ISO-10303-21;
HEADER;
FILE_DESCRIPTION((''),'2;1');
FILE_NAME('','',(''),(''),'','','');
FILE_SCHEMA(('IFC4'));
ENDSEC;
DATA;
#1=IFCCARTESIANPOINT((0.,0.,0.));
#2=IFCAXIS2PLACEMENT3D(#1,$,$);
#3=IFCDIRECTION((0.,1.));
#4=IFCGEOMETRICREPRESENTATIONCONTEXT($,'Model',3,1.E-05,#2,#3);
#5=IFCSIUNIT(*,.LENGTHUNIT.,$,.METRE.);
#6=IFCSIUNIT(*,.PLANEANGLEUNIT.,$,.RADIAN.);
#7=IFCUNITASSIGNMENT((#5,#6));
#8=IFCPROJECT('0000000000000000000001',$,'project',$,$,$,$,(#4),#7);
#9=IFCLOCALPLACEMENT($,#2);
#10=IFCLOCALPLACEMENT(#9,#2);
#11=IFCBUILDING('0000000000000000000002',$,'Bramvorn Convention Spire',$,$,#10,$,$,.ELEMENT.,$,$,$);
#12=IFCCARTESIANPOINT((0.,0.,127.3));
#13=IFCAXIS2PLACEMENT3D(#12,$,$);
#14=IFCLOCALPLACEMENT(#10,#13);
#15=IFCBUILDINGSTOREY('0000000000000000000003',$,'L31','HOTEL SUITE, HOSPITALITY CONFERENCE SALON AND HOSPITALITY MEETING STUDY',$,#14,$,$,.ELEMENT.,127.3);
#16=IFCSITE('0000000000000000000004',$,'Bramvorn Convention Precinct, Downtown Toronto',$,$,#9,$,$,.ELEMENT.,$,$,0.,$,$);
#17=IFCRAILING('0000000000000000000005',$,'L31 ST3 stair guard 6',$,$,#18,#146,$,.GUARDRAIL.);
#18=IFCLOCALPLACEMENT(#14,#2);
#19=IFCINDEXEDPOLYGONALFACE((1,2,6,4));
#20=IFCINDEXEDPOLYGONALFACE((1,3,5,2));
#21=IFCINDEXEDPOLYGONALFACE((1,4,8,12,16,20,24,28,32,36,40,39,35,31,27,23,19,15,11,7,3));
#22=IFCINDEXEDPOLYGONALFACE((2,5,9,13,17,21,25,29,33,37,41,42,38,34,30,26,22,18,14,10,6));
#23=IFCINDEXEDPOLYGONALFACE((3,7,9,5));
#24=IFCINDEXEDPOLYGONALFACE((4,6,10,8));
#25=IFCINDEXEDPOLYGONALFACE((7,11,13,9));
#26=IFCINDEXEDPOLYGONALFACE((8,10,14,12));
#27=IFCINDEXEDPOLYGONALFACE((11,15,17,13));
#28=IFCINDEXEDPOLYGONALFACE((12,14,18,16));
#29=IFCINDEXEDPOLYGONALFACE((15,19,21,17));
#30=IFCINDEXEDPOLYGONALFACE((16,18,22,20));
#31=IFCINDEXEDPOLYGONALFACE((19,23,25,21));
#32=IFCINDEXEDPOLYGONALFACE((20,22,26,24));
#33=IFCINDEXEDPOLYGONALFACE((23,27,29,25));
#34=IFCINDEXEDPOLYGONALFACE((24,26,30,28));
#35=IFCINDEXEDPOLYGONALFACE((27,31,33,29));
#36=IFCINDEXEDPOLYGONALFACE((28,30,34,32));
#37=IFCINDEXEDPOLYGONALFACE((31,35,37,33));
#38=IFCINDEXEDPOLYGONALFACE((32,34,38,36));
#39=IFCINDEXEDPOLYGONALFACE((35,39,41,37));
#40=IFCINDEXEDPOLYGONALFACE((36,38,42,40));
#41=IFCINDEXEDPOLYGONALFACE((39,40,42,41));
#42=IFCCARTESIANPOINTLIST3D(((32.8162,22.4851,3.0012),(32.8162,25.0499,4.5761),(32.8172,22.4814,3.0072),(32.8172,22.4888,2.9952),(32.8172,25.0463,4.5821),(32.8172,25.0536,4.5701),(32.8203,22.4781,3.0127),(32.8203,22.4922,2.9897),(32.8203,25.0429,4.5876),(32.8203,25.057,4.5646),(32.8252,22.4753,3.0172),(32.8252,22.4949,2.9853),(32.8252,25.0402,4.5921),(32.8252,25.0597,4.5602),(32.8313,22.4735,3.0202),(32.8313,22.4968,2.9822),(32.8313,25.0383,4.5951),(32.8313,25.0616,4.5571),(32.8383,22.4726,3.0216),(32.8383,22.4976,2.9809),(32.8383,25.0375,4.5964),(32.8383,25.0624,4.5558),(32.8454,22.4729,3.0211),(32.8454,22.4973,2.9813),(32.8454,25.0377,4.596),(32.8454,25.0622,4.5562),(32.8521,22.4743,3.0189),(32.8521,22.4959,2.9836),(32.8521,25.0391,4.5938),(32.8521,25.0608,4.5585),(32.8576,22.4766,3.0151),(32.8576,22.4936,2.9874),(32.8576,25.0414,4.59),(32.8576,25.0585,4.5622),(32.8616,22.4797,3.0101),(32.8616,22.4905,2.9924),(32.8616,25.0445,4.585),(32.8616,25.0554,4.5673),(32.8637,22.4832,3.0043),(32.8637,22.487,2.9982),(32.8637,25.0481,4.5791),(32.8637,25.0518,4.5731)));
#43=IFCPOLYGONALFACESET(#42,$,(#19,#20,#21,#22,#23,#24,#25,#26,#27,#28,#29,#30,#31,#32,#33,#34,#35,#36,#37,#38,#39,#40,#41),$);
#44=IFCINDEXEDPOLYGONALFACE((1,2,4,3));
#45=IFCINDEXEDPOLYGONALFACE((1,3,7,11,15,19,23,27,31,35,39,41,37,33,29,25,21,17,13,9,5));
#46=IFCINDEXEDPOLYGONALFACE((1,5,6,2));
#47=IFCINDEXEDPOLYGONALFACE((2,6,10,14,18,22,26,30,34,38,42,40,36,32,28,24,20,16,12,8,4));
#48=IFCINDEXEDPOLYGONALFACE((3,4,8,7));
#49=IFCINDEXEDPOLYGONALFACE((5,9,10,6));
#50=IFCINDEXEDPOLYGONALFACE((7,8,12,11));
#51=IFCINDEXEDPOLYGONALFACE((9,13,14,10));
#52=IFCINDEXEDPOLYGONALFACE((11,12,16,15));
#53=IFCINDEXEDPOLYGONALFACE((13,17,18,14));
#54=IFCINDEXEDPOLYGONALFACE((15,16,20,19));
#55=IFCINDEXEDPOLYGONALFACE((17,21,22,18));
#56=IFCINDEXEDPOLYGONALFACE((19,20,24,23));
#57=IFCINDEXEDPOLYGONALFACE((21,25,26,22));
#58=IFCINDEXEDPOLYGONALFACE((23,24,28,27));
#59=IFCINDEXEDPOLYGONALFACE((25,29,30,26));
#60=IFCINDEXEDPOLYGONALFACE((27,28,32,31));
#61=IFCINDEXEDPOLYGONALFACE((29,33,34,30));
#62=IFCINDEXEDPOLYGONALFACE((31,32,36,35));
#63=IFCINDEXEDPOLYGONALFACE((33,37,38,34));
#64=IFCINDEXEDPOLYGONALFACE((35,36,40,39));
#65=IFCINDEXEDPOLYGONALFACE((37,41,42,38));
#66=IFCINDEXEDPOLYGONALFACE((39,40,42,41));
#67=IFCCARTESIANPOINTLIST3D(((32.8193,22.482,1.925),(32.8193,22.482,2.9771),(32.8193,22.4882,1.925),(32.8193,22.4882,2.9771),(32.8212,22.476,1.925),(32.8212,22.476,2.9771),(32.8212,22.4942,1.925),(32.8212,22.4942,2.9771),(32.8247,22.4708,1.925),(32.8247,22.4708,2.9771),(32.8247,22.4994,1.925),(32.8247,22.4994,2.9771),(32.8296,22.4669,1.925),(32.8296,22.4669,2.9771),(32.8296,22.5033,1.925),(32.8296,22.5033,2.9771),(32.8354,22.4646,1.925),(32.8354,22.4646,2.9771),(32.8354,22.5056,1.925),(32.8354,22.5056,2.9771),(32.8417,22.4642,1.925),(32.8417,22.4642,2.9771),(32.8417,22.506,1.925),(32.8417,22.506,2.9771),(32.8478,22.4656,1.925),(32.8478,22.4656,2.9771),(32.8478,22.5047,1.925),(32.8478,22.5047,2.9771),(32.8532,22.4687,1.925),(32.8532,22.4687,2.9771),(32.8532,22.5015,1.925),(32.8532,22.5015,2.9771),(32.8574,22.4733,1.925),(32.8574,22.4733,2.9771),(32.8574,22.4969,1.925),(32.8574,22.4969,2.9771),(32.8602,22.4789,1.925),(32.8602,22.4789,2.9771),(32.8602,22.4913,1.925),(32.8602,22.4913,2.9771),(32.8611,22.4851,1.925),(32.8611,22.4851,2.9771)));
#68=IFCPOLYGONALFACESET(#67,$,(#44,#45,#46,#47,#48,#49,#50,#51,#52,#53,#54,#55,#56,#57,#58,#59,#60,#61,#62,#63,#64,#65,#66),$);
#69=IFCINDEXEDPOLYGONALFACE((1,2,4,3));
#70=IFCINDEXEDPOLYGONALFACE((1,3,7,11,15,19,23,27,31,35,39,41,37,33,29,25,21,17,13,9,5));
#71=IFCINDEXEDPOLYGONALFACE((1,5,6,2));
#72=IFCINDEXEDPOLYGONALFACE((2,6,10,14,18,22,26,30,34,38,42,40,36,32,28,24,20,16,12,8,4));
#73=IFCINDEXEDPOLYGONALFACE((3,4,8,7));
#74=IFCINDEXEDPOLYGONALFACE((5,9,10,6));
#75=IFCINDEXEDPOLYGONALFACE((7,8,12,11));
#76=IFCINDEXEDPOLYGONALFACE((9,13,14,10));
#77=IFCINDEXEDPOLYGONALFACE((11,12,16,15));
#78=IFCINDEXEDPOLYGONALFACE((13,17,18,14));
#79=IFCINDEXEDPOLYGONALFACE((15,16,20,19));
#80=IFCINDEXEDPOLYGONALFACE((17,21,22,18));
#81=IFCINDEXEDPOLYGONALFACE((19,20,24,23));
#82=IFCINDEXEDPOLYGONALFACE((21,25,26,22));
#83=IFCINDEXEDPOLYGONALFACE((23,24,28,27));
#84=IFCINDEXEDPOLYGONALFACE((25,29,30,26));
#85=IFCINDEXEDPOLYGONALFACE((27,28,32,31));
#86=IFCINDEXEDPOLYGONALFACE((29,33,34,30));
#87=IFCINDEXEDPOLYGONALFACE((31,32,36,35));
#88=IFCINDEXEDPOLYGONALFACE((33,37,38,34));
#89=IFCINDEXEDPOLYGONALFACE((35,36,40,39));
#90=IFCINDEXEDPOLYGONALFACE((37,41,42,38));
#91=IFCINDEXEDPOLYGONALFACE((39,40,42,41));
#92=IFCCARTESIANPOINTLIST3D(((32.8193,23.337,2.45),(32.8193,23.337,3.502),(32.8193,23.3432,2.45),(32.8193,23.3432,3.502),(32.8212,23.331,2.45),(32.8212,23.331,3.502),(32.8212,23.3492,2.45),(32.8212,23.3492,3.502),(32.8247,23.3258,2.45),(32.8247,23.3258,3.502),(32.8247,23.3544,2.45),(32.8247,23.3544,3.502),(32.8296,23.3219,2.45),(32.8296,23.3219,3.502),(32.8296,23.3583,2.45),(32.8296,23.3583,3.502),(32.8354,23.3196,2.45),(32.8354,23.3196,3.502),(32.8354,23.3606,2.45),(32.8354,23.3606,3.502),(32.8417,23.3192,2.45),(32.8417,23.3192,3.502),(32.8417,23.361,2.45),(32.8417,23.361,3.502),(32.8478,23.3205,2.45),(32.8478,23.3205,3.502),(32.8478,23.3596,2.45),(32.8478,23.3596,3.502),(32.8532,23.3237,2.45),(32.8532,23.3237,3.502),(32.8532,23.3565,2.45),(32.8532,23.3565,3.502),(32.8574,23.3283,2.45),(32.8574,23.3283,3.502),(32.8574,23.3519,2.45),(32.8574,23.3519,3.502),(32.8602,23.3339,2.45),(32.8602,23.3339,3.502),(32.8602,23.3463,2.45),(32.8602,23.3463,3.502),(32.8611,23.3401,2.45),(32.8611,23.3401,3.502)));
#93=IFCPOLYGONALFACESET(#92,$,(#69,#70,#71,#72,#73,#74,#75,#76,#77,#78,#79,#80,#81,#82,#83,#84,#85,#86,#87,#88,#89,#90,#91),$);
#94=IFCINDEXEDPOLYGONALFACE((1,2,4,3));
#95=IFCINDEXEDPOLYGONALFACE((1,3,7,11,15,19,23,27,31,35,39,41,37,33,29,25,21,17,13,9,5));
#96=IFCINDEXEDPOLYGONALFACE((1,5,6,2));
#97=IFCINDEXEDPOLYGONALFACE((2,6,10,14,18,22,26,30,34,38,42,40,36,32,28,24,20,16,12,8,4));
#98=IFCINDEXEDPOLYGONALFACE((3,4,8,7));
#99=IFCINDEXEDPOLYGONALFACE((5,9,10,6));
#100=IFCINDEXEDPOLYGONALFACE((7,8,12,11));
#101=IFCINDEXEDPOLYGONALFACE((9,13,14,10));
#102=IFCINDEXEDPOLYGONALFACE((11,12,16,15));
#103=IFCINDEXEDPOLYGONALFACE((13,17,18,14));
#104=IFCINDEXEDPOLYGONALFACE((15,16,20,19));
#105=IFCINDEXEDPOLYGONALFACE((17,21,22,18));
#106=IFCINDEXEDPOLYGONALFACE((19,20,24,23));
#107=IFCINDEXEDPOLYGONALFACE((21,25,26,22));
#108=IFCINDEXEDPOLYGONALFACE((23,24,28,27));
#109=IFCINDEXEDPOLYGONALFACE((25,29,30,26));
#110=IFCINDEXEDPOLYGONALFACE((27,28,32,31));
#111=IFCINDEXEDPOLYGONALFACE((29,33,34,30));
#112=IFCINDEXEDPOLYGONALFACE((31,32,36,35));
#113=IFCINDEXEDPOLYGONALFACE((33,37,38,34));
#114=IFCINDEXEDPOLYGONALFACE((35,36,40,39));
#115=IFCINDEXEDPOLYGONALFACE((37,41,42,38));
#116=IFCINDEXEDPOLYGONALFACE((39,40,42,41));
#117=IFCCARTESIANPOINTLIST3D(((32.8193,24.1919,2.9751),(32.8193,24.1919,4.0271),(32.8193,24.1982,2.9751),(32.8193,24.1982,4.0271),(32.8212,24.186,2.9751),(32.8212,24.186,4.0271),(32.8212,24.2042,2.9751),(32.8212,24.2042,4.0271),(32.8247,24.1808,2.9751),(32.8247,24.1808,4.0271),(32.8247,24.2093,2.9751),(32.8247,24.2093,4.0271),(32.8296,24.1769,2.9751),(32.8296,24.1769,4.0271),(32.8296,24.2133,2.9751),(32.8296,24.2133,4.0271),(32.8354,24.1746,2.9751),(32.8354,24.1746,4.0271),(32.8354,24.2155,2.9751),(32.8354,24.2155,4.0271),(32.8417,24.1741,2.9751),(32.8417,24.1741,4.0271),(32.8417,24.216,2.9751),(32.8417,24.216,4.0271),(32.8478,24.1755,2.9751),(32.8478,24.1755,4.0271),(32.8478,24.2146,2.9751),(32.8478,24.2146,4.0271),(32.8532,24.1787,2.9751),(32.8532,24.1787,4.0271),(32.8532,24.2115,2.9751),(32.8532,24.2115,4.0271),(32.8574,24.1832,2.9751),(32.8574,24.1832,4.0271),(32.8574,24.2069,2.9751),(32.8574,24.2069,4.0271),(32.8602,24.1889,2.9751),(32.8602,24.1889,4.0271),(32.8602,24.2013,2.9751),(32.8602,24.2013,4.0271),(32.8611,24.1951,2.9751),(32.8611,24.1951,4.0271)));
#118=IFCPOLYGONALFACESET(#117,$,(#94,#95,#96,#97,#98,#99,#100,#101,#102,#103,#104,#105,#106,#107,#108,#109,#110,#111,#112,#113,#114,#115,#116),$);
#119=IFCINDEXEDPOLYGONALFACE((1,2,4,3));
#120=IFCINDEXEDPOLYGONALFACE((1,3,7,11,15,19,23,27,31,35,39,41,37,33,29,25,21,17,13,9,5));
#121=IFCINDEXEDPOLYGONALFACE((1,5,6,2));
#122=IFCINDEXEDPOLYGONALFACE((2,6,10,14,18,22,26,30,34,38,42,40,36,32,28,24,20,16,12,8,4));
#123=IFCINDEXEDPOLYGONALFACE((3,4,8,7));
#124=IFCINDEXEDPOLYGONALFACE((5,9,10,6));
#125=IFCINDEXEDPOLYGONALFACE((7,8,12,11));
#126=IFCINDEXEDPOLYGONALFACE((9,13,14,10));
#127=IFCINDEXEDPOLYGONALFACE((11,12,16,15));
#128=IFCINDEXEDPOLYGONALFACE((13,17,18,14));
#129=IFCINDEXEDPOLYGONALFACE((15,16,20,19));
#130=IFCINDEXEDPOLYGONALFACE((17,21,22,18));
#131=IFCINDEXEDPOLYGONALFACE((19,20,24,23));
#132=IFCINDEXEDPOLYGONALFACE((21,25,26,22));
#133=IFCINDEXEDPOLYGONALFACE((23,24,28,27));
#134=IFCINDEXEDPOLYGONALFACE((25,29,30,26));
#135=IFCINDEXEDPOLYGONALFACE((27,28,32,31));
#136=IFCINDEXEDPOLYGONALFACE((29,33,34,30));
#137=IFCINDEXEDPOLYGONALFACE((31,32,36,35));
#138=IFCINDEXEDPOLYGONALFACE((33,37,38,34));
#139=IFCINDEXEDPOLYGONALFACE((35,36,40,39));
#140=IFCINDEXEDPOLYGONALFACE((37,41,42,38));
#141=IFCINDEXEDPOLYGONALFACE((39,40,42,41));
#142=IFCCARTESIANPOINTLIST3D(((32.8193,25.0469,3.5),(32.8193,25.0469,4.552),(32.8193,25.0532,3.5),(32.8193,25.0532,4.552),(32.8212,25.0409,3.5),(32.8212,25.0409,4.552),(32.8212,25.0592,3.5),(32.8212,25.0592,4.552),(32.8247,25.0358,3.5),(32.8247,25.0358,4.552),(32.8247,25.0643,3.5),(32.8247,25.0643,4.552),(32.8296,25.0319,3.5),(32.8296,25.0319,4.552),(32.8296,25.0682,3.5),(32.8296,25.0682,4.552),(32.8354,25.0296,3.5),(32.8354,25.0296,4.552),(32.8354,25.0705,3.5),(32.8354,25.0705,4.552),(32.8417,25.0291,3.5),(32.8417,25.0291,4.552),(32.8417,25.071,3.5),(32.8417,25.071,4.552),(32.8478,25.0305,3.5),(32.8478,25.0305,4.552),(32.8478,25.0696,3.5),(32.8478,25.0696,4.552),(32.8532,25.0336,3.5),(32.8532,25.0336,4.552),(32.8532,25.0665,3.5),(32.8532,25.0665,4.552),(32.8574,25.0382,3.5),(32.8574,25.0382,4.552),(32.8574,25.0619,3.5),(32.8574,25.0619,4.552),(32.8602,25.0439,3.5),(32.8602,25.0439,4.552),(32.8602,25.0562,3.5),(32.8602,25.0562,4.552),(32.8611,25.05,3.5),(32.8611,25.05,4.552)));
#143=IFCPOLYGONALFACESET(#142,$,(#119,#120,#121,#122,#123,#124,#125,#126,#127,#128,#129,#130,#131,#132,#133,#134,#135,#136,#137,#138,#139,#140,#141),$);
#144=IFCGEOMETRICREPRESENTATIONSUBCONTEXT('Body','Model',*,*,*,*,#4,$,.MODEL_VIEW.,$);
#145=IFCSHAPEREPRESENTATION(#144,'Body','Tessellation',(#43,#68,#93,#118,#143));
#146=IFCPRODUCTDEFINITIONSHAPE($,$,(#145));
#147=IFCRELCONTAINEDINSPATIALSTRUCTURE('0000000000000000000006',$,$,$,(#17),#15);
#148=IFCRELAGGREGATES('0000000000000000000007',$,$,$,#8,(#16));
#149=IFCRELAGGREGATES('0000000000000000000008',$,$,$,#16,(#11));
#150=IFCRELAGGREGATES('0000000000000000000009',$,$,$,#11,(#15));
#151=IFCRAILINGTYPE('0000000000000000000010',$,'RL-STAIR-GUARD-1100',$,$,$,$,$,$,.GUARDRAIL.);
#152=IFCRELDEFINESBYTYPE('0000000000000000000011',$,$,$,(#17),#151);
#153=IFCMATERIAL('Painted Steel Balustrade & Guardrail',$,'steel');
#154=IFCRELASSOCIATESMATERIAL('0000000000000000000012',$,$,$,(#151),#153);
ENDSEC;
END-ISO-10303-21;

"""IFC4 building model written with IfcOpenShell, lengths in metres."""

from ifc_helpers import new_model, si_unit, direction, frame, origin, origin_2d, place, context, subcontext, project, spatial, circle, extrude, material, type_object, element, save


model = new_model("IFC4")

# Units and contexts
model_context = context("Model", 3, precision=1e-05, world=origin(), true_north=direction((0.0, 1.0)))
body_context = subcontext(model_context, "Body", "Model", "MODEL_VIEW")
ifc_project = project(units=[si_unit("LENGTHUNIT", "METRE"), si_unit("PLANEANGLEUNIT", "RADIAN")], contexts=[model_context])

# Site, building, storey
site_placement = place(None, origin())
site = spatial("IfcSite", under=ifc_project, at=site_placement, Name="Bramvorn Convention Precinct, Downtown Toronto", CompositionType="ELEMENT", RefElevation=0.0)
building_placement = place(site_placement, origin())
building = spatial("IfcBuilding", under=site, at=building_placement, Name="Bramvorn Convention Spire", CompositionType="ELEMENT")
storey_placement = place(building_placement, frame((0.0, 0.0, 127.3)))
storey = spatial("IfcBuildingStorey", under=building, at=storey_placement, Name="L31", Description="HOTEL SUITE, HOSPITALITY CONFERENCE SALON AND HOSPITALITY MEETING STUDY", CompositionType="ELEMENT", Elevation=127.3)

# Railing
ifc_material_1 = material(Name="Painted Steel Balustrade & Guardrail", Category="steel")
railing_type_1 = type_object("IfcRailingType", Name="RL-STAIR-GUARD-1100", PredefinedType="GUARDRAIL", material=ifc_material_1)
railing_1_placement = place(storey_placement, frame((32.8401, 22.4851, 1.925)))
element("IfcRailing", 1, at=railing_1_placement, inside=storey, type_object=railing_type_1, Name="L31 ST3 stair guard 6", PredefinedType="GUARDRAIL", context=body_context, shape_type="SweptSolid", body=[
    extrude(circle(Radius=0.0239, at=origin_2d()), frame((0.0, 0.0, 1.0762), z_axis=(0.0, 0.852173, 0.52326), x_axis=(-1.0, 0.0, 0.0)), (0.0, 0.0, 1.0), 3.0098),
    extrude(circle(Radius=0.021, at=origin_2d()), origin(), (0.0, 0.0, 1.0), 1.052),
    extrude(circle(Radius=0.021, at=origin_2d()), frame((0.0, 0.855, 0.5249)), (0.0, 0.0, 1.0), 1.052),
    extrude(circle(Radius=0.021, at=origin_2d()), frame((0.0, 1.71, 1.05)), (0.0, 0.0, 1.0), 1.052),
    extrude(circle(Radius=0.021, at=origin_2d()), frame((0.0, 2.5649, 1.575)), (0.0, 0.0, 1.0), 1.052),
])

save(model, "model.ifc")
